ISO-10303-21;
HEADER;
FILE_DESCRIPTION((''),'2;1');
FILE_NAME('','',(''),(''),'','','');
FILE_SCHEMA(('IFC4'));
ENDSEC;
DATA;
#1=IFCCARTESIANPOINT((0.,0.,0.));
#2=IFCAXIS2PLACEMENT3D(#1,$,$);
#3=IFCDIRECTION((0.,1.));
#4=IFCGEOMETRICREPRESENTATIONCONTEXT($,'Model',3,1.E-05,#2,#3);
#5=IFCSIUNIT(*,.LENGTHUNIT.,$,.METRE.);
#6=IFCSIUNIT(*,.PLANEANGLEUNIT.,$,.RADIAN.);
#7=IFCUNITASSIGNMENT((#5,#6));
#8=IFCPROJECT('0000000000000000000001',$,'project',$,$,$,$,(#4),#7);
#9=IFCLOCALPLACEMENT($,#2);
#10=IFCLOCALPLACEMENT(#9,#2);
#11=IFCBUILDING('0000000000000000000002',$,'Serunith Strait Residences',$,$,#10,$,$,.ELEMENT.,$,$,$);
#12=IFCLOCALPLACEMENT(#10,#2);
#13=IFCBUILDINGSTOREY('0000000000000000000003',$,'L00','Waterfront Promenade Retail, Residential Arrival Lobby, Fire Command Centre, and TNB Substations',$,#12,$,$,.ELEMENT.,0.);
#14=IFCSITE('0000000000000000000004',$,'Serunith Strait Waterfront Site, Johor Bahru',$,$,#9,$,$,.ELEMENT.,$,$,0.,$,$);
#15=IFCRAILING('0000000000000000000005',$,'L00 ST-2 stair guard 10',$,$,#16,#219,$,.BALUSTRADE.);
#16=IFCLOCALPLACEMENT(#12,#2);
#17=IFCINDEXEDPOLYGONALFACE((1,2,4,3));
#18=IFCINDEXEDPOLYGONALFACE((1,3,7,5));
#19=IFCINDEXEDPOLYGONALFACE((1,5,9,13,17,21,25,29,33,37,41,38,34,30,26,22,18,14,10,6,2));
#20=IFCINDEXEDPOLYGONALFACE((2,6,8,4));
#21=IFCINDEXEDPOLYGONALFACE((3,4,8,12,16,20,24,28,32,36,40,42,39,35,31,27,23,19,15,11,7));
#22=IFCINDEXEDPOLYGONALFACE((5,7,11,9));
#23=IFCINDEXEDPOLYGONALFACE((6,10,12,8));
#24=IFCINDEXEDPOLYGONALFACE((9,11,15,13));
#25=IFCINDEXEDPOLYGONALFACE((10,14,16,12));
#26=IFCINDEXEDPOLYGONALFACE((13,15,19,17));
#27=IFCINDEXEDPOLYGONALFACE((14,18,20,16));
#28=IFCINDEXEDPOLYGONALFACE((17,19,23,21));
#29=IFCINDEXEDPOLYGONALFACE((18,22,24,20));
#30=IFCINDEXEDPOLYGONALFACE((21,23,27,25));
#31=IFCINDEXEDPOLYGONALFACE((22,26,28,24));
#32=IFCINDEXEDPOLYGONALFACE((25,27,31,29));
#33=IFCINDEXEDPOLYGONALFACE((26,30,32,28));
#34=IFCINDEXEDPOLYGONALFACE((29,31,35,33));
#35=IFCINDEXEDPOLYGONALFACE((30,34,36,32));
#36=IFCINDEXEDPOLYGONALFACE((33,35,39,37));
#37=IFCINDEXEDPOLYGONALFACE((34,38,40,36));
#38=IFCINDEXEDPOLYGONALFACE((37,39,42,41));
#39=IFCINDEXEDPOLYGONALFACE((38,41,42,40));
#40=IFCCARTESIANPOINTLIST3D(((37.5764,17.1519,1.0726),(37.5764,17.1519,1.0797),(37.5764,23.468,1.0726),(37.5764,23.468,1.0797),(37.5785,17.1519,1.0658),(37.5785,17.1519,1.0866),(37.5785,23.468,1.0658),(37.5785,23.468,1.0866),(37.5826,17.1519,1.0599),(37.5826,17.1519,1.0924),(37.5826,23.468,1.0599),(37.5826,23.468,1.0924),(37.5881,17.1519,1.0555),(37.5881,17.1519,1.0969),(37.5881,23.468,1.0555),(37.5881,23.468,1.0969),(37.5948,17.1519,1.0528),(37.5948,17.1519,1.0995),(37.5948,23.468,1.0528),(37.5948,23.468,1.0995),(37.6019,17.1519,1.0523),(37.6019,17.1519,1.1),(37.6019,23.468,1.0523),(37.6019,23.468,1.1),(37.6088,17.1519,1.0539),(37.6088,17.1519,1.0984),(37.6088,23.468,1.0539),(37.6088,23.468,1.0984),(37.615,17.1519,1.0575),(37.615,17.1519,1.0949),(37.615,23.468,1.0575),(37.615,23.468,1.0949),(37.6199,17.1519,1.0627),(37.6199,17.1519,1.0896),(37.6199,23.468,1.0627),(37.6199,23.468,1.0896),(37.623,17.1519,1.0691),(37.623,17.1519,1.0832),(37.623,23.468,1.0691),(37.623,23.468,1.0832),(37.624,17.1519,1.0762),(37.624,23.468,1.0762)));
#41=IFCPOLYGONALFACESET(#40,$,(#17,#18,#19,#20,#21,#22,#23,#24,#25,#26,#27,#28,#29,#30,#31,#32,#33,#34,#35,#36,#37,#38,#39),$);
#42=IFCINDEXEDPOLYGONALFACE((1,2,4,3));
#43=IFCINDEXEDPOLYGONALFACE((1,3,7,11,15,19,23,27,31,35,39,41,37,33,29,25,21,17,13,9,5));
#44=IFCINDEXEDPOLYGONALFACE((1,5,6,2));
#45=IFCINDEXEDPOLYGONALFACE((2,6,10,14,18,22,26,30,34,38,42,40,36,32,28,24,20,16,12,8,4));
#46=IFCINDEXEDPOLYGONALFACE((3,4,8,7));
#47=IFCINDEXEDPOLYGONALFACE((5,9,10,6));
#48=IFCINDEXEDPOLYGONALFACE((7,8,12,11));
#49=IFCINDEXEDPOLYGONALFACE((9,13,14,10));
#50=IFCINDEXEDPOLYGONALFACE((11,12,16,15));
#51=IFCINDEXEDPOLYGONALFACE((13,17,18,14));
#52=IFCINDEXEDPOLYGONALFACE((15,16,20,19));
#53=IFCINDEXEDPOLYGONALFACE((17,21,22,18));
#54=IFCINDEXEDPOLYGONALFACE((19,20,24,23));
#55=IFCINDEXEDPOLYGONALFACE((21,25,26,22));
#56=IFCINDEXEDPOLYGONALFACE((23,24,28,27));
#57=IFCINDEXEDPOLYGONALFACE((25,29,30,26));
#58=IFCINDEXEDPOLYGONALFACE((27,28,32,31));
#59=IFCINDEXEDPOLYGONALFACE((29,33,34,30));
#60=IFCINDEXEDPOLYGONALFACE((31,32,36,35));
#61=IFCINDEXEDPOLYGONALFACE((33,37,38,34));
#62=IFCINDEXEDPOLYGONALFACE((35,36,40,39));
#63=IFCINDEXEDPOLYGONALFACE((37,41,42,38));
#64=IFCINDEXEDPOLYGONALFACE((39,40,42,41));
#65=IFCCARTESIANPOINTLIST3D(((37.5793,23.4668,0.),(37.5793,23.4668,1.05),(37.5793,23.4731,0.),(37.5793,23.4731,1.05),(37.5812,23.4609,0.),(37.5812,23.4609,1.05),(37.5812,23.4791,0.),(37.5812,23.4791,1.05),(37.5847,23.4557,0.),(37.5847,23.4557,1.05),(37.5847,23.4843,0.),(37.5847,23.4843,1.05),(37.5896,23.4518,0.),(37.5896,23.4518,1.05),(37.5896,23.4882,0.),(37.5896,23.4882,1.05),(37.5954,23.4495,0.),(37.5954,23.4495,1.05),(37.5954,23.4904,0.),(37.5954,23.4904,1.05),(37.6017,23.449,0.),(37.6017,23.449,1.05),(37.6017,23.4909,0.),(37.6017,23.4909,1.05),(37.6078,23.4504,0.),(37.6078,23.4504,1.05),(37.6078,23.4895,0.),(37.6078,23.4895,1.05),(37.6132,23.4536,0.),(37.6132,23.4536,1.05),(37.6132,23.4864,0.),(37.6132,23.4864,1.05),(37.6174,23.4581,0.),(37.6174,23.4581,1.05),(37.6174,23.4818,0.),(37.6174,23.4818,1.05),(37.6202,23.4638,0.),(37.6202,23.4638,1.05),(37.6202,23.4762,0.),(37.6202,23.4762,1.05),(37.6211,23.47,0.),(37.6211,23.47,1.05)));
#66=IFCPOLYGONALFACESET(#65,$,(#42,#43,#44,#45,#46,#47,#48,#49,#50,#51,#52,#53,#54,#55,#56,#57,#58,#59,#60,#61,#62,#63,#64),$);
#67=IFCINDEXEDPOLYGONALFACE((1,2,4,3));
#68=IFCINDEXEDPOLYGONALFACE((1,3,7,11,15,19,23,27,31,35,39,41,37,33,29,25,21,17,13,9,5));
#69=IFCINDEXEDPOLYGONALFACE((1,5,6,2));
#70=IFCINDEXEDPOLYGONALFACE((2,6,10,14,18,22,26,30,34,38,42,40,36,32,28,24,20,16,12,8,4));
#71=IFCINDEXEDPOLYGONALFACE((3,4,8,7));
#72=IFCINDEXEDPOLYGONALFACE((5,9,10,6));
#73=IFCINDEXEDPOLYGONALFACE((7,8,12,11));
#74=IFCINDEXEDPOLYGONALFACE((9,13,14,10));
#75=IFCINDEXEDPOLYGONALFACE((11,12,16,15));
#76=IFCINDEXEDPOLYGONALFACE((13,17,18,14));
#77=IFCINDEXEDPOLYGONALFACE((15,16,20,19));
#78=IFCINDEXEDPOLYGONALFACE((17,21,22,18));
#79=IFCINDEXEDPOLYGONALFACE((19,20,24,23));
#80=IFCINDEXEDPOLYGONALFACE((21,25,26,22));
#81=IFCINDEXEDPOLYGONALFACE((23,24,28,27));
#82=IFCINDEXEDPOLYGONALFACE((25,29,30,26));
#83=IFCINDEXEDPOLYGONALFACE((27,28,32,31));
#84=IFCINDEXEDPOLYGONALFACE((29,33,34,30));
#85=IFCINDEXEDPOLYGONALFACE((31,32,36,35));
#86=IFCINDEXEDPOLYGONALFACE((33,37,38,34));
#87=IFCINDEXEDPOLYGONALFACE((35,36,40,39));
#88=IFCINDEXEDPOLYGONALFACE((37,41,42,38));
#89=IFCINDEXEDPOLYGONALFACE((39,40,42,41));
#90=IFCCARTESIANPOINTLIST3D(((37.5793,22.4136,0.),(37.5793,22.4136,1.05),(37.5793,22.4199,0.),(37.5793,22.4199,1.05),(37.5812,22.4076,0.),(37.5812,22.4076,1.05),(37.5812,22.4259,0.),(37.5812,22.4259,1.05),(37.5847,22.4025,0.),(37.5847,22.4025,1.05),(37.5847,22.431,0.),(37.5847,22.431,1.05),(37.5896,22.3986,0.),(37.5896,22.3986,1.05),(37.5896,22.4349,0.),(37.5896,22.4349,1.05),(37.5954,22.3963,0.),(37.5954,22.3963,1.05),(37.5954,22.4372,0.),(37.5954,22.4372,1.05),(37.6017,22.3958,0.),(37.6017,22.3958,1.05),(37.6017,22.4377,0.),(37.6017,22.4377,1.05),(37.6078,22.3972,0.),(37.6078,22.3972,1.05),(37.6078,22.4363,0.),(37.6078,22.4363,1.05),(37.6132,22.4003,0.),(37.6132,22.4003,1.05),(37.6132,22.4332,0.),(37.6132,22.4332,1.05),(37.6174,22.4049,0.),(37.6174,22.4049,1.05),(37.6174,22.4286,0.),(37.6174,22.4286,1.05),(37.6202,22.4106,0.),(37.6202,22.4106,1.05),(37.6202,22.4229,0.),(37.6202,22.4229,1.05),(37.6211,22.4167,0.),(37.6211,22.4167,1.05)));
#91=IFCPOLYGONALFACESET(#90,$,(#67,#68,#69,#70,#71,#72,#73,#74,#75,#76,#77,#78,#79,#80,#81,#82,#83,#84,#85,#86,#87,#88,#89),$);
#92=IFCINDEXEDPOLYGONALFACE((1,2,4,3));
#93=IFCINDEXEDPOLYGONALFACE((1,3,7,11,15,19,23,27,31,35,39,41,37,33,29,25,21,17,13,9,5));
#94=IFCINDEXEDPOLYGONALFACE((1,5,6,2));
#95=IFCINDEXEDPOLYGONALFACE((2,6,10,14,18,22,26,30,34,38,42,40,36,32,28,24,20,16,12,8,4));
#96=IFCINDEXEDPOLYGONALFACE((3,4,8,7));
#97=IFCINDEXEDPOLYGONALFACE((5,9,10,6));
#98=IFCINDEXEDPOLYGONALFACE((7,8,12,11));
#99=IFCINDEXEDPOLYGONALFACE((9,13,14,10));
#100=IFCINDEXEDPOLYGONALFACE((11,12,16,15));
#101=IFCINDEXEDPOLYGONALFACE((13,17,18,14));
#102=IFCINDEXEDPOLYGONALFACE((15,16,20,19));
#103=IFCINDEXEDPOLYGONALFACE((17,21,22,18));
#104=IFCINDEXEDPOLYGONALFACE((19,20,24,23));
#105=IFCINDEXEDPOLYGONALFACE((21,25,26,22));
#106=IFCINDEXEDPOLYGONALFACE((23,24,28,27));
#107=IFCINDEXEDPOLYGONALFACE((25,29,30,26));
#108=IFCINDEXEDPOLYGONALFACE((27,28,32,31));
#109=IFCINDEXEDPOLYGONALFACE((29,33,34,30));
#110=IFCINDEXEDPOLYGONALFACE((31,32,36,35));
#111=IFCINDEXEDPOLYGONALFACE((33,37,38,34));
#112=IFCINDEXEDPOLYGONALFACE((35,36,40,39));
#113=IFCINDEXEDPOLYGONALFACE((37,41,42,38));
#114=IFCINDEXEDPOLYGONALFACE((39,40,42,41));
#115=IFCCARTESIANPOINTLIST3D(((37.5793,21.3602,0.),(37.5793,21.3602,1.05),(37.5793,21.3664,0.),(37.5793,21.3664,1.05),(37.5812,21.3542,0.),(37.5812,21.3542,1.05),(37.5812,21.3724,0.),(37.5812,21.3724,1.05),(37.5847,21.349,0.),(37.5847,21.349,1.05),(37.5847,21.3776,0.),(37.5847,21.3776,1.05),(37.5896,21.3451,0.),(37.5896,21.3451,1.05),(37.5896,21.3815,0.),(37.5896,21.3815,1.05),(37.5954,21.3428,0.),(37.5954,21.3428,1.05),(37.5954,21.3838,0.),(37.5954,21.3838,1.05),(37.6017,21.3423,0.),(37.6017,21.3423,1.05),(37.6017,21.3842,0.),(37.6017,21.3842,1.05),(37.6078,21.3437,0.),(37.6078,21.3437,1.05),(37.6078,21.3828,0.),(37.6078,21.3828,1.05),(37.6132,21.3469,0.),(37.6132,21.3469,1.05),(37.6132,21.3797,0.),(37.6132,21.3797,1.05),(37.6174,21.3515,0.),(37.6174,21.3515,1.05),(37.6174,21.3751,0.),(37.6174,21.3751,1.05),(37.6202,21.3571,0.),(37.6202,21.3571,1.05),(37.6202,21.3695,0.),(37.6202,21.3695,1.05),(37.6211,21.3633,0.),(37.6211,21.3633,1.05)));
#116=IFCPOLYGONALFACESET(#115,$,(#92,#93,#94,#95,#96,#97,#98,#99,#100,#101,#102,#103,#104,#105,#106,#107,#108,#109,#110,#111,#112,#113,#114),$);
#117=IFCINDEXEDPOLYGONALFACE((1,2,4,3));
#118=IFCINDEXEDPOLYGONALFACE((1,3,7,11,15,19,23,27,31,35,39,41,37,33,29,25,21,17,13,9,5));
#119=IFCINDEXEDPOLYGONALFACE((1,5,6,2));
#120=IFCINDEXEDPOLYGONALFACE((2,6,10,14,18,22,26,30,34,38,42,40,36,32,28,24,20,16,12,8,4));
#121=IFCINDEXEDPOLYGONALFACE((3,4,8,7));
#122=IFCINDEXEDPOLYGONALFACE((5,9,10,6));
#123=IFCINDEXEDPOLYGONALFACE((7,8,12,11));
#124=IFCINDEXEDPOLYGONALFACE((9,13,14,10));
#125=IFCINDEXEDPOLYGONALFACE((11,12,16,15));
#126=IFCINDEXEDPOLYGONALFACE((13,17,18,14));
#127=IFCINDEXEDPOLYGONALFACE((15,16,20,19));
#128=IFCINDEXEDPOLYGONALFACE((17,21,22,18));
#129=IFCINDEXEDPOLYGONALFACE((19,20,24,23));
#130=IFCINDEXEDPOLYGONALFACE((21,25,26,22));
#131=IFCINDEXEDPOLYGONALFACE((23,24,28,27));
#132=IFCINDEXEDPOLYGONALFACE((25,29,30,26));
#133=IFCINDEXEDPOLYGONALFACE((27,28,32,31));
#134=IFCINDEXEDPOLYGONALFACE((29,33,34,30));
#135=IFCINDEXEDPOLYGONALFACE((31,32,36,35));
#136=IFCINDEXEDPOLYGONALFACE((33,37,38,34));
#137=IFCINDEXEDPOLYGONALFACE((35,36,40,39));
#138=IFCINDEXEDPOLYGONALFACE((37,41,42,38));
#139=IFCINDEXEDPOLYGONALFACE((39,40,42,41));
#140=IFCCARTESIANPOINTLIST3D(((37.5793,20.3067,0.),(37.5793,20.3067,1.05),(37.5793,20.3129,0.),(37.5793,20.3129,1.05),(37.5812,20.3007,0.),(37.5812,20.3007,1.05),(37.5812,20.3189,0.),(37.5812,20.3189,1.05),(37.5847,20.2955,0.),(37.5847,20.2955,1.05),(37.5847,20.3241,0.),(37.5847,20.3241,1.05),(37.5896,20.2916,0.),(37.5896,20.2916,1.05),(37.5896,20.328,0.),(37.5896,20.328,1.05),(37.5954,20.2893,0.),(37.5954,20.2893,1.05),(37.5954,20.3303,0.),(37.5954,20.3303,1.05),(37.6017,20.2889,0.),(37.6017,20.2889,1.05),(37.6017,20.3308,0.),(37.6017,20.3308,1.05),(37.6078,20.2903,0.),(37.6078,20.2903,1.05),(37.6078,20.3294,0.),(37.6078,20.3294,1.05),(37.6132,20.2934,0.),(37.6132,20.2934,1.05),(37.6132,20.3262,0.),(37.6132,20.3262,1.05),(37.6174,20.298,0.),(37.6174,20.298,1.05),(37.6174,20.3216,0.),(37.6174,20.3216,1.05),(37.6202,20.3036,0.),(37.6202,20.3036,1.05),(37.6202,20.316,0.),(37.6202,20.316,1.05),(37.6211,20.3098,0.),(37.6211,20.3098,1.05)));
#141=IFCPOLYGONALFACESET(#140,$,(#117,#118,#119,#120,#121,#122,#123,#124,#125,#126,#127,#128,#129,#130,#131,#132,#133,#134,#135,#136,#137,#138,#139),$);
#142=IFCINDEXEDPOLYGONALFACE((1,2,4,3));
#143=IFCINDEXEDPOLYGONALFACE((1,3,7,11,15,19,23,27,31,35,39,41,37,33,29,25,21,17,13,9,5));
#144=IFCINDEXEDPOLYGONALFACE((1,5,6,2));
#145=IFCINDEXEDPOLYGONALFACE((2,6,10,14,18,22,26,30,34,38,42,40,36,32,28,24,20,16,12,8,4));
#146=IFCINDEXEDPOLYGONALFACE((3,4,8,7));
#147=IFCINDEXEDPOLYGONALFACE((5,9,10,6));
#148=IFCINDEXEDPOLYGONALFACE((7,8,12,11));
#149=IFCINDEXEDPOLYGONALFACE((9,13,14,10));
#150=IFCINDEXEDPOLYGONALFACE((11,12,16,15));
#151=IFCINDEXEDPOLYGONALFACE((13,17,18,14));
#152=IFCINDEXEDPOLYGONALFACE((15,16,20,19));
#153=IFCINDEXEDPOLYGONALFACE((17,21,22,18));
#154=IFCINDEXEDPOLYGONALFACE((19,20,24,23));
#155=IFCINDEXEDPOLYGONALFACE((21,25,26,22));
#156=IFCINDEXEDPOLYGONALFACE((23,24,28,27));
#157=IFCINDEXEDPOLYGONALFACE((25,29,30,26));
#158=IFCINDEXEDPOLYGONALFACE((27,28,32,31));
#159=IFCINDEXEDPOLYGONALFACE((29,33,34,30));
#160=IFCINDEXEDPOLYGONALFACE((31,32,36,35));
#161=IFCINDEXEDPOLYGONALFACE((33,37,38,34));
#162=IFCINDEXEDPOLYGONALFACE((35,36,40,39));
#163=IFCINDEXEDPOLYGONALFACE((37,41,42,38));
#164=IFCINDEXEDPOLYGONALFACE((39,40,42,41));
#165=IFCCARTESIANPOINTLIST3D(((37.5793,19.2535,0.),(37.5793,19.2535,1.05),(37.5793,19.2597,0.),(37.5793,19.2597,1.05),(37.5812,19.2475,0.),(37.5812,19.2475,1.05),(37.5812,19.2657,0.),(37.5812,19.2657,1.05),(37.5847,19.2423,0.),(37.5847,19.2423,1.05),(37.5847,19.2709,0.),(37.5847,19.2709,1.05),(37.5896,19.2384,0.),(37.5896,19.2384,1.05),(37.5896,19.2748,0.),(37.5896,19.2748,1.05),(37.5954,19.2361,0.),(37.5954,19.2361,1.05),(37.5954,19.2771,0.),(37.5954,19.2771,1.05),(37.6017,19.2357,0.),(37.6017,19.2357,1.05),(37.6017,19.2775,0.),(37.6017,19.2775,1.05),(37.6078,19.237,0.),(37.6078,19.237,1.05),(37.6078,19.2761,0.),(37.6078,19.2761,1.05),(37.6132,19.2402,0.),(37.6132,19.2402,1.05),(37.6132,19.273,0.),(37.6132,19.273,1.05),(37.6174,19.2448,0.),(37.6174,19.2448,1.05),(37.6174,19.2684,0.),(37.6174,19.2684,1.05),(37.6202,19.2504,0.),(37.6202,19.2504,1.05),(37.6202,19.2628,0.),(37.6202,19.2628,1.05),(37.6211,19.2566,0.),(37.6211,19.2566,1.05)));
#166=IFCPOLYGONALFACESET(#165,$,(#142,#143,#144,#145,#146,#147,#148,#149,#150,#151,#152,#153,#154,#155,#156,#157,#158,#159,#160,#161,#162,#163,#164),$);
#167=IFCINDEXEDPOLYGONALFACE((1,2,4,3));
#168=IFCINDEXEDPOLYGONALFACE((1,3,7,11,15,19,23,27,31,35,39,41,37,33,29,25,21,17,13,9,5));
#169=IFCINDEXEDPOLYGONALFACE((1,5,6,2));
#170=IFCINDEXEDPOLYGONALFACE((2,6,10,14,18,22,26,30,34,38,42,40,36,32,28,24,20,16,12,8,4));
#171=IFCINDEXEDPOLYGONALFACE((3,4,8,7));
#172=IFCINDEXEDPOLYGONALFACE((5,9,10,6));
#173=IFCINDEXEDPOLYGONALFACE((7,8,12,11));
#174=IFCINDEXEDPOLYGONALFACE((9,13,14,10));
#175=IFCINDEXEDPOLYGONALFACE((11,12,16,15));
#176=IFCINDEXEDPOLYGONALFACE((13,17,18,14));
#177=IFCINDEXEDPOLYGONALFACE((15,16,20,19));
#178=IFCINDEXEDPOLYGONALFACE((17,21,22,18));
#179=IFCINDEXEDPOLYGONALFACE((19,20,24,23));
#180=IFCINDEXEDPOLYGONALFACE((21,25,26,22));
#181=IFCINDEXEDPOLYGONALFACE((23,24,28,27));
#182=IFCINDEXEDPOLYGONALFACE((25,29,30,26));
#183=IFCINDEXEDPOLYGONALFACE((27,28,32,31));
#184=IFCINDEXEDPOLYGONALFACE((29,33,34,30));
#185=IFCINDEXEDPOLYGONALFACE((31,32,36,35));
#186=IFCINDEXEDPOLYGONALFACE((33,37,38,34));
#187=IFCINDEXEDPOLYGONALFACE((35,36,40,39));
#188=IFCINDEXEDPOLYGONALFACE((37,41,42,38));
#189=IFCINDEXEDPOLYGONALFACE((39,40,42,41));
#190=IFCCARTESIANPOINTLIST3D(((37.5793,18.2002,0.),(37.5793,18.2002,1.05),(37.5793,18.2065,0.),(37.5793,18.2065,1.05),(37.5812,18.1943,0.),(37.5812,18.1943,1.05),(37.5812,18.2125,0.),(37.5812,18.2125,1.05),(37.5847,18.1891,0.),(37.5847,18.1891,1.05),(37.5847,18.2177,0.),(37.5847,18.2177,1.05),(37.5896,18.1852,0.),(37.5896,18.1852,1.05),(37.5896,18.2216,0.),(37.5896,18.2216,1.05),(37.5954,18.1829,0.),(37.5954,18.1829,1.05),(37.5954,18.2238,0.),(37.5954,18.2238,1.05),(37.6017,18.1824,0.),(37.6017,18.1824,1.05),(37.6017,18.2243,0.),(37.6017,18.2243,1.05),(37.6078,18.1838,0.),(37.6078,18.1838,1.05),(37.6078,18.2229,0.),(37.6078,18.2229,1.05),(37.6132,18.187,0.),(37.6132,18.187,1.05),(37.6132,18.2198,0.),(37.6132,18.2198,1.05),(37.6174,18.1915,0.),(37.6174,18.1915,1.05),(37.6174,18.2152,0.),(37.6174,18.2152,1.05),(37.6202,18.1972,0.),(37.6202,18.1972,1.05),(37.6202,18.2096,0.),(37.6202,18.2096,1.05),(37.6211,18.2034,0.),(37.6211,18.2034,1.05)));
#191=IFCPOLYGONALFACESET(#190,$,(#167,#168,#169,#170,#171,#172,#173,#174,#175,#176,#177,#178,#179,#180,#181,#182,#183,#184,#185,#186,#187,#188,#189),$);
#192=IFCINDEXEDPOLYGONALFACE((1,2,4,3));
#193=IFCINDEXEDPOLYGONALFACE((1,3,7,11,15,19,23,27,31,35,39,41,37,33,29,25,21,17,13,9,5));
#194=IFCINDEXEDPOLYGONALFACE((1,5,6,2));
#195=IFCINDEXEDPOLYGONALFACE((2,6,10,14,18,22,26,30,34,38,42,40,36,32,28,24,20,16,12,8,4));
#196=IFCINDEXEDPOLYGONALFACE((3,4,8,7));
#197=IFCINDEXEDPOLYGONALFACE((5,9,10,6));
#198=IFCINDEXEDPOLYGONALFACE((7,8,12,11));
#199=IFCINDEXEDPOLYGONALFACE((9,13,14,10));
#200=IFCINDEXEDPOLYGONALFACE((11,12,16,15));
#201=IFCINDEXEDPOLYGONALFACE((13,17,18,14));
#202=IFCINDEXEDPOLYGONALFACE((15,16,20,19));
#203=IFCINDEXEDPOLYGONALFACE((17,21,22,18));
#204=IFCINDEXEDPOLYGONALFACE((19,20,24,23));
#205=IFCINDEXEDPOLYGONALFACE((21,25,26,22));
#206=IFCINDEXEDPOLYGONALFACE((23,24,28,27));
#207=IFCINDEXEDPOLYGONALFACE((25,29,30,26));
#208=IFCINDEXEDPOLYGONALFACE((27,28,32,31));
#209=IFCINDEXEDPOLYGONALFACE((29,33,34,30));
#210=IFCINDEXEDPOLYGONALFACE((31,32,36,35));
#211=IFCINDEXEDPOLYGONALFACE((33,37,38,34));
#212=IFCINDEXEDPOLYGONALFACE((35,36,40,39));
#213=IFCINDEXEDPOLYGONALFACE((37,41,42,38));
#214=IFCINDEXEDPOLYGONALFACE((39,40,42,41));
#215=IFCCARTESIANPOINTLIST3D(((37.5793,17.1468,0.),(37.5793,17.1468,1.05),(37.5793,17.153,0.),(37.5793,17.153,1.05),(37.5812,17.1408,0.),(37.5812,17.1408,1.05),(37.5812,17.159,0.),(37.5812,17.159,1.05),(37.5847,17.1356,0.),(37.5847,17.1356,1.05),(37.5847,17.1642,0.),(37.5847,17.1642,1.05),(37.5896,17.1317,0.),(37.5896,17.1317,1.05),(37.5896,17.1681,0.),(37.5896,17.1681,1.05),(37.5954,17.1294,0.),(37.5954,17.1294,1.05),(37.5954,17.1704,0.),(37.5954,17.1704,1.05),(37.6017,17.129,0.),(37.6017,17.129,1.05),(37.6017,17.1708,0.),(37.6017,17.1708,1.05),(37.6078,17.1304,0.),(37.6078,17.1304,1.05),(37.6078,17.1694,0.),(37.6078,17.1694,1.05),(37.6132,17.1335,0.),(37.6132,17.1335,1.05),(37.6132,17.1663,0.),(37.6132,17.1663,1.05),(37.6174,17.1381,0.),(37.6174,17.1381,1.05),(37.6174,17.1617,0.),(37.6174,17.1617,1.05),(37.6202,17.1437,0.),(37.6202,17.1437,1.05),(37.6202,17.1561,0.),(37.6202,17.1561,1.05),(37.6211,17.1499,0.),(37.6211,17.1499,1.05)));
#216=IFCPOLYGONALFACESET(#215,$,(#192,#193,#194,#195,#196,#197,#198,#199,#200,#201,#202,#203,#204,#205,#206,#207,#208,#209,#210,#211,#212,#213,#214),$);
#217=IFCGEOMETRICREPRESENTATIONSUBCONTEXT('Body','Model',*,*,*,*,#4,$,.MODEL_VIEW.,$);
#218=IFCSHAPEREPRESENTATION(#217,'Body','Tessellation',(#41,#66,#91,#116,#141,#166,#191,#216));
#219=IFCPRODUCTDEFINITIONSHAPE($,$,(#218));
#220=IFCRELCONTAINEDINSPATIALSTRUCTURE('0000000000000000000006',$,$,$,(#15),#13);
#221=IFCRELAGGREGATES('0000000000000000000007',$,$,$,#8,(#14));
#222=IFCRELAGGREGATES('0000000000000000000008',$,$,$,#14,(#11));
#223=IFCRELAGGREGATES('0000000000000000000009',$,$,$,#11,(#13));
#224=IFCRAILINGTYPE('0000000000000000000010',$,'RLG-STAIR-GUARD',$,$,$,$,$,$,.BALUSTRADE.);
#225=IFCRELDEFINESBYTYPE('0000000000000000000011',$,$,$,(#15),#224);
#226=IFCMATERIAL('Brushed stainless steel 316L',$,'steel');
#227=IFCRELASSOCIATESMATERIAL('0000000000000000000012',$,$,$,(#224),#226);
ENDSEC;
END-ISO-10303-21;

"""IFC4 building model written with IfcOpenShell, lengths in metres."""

from ifc_helpers import new_model, si_unit, direction, frame, origin, origin_2d, place, context, subcontext, project, spatial, circle, extrude, material, type_object, element, save


model = new_model("IFC4")

# Units and contexts
model_context = context("Model", 3, precision=1e-05, world=origin(), true_north=direction((0.0, 1.0)))
body_context = subcontext(model_context, "Body", "Model", "MODEL_VIEW")
ifc_project = project(units=[si_unit("LENGTHUNIT", "METRE"), si_unit("PLANEANGLEUNIT", "RADIAN")], contexts=[model_context])

# Site, building, storey
site_placement = place(None, origin())
site = spatial("IfcSite", under=ifc_project, at=site_placement, Name="Serunith Strait Waterfront Site, Johor Bahru", CompositionType="ELEMENT", RefElevation=0.0)
building_placement = place(site_placement, origin())
building = spatial("IfcBuilding", under=site, at=building_placement, Name="Serunith Strait Residences", CompositionType="ELEMENT")
storey_placement = place(building_placement, origin())
storey = spatial("IfcBuildingStorey", under=building, at=storey_placement, Name="L00", Description="Waterfront Promenade Retail, Residential Arrival Lobby, Fire Command Centre, and TNB Substations", CompositionType="ELEMENT", Elevation=0.0)

# Railing
ifc_material_1 = material(Name="Brushed stainless steel 316L", Category="steel")
railing_type_1 = type_object("IfcRailingType", Name="RLG-STAIR-GUARD", PredefinedType="BALUSTRADE", material=ifc_material_1)
railing_1_placement = place(storey_placement, frame((37.6001, 23.47, 0.0)))
element("IfcRailing", 1, at=railing_1_placement, inside=storey, type_object=railing_type_1, Name="L00 ST-2 stair guard 10", PredefinedType="BALUSTRADE", context=body_context, shape_type="SweptSolid", body=[
    extrude(circle(Radius=0.0239, at=origin_2d()), frame((0.0, -0.002, 1.0762), z_axis=(0.0, -1.0, 0.0), x_axis=(1.0, 0.0, 0.0)), (0.0, 0.0, 1.0), 6.3162),
    extrude(circle(Radius=0.021, at=origin_2d()), origin(), (0.0, 0.0, 1.0), 1.05),
    extrude(circle(Radius=0.021, at=origin_2d()), frame((0.0, -1.0532, 0.0)), (0.0, 0.0, 1.0), 1.05),
    extrude(circle(Radius=0.021, at=origin_2d()), frame((0.0, -2.1067, 0.0)), (0.0, 0.0, 1.0), 1.05),
    extrude(circle(Radius=0.021, at=origin_2d()), frame((0.0, -3.1602, 0.0)), (0.0, 0.0, 1.0), 1.05),
    extrude(circle(Radius=0.021, at=origin_2d()), frame((0.0, -4.2134, 0.0)), (0.0, 0.0, 1.0), 1.05),
    extrude(circle(Radius=0.021, at=origin_2d()), frame((0.0, -5.2666, 0.0)), (0.0, 0.0, 1.0), 1.05),
    extrude(circle(Radius=0.021, at=origin_2d()), frame((0.0, -6.3201, 0.0)), (0.0, 0.0, 1.0), 1.05),
])

save(model, "model.ifc")
